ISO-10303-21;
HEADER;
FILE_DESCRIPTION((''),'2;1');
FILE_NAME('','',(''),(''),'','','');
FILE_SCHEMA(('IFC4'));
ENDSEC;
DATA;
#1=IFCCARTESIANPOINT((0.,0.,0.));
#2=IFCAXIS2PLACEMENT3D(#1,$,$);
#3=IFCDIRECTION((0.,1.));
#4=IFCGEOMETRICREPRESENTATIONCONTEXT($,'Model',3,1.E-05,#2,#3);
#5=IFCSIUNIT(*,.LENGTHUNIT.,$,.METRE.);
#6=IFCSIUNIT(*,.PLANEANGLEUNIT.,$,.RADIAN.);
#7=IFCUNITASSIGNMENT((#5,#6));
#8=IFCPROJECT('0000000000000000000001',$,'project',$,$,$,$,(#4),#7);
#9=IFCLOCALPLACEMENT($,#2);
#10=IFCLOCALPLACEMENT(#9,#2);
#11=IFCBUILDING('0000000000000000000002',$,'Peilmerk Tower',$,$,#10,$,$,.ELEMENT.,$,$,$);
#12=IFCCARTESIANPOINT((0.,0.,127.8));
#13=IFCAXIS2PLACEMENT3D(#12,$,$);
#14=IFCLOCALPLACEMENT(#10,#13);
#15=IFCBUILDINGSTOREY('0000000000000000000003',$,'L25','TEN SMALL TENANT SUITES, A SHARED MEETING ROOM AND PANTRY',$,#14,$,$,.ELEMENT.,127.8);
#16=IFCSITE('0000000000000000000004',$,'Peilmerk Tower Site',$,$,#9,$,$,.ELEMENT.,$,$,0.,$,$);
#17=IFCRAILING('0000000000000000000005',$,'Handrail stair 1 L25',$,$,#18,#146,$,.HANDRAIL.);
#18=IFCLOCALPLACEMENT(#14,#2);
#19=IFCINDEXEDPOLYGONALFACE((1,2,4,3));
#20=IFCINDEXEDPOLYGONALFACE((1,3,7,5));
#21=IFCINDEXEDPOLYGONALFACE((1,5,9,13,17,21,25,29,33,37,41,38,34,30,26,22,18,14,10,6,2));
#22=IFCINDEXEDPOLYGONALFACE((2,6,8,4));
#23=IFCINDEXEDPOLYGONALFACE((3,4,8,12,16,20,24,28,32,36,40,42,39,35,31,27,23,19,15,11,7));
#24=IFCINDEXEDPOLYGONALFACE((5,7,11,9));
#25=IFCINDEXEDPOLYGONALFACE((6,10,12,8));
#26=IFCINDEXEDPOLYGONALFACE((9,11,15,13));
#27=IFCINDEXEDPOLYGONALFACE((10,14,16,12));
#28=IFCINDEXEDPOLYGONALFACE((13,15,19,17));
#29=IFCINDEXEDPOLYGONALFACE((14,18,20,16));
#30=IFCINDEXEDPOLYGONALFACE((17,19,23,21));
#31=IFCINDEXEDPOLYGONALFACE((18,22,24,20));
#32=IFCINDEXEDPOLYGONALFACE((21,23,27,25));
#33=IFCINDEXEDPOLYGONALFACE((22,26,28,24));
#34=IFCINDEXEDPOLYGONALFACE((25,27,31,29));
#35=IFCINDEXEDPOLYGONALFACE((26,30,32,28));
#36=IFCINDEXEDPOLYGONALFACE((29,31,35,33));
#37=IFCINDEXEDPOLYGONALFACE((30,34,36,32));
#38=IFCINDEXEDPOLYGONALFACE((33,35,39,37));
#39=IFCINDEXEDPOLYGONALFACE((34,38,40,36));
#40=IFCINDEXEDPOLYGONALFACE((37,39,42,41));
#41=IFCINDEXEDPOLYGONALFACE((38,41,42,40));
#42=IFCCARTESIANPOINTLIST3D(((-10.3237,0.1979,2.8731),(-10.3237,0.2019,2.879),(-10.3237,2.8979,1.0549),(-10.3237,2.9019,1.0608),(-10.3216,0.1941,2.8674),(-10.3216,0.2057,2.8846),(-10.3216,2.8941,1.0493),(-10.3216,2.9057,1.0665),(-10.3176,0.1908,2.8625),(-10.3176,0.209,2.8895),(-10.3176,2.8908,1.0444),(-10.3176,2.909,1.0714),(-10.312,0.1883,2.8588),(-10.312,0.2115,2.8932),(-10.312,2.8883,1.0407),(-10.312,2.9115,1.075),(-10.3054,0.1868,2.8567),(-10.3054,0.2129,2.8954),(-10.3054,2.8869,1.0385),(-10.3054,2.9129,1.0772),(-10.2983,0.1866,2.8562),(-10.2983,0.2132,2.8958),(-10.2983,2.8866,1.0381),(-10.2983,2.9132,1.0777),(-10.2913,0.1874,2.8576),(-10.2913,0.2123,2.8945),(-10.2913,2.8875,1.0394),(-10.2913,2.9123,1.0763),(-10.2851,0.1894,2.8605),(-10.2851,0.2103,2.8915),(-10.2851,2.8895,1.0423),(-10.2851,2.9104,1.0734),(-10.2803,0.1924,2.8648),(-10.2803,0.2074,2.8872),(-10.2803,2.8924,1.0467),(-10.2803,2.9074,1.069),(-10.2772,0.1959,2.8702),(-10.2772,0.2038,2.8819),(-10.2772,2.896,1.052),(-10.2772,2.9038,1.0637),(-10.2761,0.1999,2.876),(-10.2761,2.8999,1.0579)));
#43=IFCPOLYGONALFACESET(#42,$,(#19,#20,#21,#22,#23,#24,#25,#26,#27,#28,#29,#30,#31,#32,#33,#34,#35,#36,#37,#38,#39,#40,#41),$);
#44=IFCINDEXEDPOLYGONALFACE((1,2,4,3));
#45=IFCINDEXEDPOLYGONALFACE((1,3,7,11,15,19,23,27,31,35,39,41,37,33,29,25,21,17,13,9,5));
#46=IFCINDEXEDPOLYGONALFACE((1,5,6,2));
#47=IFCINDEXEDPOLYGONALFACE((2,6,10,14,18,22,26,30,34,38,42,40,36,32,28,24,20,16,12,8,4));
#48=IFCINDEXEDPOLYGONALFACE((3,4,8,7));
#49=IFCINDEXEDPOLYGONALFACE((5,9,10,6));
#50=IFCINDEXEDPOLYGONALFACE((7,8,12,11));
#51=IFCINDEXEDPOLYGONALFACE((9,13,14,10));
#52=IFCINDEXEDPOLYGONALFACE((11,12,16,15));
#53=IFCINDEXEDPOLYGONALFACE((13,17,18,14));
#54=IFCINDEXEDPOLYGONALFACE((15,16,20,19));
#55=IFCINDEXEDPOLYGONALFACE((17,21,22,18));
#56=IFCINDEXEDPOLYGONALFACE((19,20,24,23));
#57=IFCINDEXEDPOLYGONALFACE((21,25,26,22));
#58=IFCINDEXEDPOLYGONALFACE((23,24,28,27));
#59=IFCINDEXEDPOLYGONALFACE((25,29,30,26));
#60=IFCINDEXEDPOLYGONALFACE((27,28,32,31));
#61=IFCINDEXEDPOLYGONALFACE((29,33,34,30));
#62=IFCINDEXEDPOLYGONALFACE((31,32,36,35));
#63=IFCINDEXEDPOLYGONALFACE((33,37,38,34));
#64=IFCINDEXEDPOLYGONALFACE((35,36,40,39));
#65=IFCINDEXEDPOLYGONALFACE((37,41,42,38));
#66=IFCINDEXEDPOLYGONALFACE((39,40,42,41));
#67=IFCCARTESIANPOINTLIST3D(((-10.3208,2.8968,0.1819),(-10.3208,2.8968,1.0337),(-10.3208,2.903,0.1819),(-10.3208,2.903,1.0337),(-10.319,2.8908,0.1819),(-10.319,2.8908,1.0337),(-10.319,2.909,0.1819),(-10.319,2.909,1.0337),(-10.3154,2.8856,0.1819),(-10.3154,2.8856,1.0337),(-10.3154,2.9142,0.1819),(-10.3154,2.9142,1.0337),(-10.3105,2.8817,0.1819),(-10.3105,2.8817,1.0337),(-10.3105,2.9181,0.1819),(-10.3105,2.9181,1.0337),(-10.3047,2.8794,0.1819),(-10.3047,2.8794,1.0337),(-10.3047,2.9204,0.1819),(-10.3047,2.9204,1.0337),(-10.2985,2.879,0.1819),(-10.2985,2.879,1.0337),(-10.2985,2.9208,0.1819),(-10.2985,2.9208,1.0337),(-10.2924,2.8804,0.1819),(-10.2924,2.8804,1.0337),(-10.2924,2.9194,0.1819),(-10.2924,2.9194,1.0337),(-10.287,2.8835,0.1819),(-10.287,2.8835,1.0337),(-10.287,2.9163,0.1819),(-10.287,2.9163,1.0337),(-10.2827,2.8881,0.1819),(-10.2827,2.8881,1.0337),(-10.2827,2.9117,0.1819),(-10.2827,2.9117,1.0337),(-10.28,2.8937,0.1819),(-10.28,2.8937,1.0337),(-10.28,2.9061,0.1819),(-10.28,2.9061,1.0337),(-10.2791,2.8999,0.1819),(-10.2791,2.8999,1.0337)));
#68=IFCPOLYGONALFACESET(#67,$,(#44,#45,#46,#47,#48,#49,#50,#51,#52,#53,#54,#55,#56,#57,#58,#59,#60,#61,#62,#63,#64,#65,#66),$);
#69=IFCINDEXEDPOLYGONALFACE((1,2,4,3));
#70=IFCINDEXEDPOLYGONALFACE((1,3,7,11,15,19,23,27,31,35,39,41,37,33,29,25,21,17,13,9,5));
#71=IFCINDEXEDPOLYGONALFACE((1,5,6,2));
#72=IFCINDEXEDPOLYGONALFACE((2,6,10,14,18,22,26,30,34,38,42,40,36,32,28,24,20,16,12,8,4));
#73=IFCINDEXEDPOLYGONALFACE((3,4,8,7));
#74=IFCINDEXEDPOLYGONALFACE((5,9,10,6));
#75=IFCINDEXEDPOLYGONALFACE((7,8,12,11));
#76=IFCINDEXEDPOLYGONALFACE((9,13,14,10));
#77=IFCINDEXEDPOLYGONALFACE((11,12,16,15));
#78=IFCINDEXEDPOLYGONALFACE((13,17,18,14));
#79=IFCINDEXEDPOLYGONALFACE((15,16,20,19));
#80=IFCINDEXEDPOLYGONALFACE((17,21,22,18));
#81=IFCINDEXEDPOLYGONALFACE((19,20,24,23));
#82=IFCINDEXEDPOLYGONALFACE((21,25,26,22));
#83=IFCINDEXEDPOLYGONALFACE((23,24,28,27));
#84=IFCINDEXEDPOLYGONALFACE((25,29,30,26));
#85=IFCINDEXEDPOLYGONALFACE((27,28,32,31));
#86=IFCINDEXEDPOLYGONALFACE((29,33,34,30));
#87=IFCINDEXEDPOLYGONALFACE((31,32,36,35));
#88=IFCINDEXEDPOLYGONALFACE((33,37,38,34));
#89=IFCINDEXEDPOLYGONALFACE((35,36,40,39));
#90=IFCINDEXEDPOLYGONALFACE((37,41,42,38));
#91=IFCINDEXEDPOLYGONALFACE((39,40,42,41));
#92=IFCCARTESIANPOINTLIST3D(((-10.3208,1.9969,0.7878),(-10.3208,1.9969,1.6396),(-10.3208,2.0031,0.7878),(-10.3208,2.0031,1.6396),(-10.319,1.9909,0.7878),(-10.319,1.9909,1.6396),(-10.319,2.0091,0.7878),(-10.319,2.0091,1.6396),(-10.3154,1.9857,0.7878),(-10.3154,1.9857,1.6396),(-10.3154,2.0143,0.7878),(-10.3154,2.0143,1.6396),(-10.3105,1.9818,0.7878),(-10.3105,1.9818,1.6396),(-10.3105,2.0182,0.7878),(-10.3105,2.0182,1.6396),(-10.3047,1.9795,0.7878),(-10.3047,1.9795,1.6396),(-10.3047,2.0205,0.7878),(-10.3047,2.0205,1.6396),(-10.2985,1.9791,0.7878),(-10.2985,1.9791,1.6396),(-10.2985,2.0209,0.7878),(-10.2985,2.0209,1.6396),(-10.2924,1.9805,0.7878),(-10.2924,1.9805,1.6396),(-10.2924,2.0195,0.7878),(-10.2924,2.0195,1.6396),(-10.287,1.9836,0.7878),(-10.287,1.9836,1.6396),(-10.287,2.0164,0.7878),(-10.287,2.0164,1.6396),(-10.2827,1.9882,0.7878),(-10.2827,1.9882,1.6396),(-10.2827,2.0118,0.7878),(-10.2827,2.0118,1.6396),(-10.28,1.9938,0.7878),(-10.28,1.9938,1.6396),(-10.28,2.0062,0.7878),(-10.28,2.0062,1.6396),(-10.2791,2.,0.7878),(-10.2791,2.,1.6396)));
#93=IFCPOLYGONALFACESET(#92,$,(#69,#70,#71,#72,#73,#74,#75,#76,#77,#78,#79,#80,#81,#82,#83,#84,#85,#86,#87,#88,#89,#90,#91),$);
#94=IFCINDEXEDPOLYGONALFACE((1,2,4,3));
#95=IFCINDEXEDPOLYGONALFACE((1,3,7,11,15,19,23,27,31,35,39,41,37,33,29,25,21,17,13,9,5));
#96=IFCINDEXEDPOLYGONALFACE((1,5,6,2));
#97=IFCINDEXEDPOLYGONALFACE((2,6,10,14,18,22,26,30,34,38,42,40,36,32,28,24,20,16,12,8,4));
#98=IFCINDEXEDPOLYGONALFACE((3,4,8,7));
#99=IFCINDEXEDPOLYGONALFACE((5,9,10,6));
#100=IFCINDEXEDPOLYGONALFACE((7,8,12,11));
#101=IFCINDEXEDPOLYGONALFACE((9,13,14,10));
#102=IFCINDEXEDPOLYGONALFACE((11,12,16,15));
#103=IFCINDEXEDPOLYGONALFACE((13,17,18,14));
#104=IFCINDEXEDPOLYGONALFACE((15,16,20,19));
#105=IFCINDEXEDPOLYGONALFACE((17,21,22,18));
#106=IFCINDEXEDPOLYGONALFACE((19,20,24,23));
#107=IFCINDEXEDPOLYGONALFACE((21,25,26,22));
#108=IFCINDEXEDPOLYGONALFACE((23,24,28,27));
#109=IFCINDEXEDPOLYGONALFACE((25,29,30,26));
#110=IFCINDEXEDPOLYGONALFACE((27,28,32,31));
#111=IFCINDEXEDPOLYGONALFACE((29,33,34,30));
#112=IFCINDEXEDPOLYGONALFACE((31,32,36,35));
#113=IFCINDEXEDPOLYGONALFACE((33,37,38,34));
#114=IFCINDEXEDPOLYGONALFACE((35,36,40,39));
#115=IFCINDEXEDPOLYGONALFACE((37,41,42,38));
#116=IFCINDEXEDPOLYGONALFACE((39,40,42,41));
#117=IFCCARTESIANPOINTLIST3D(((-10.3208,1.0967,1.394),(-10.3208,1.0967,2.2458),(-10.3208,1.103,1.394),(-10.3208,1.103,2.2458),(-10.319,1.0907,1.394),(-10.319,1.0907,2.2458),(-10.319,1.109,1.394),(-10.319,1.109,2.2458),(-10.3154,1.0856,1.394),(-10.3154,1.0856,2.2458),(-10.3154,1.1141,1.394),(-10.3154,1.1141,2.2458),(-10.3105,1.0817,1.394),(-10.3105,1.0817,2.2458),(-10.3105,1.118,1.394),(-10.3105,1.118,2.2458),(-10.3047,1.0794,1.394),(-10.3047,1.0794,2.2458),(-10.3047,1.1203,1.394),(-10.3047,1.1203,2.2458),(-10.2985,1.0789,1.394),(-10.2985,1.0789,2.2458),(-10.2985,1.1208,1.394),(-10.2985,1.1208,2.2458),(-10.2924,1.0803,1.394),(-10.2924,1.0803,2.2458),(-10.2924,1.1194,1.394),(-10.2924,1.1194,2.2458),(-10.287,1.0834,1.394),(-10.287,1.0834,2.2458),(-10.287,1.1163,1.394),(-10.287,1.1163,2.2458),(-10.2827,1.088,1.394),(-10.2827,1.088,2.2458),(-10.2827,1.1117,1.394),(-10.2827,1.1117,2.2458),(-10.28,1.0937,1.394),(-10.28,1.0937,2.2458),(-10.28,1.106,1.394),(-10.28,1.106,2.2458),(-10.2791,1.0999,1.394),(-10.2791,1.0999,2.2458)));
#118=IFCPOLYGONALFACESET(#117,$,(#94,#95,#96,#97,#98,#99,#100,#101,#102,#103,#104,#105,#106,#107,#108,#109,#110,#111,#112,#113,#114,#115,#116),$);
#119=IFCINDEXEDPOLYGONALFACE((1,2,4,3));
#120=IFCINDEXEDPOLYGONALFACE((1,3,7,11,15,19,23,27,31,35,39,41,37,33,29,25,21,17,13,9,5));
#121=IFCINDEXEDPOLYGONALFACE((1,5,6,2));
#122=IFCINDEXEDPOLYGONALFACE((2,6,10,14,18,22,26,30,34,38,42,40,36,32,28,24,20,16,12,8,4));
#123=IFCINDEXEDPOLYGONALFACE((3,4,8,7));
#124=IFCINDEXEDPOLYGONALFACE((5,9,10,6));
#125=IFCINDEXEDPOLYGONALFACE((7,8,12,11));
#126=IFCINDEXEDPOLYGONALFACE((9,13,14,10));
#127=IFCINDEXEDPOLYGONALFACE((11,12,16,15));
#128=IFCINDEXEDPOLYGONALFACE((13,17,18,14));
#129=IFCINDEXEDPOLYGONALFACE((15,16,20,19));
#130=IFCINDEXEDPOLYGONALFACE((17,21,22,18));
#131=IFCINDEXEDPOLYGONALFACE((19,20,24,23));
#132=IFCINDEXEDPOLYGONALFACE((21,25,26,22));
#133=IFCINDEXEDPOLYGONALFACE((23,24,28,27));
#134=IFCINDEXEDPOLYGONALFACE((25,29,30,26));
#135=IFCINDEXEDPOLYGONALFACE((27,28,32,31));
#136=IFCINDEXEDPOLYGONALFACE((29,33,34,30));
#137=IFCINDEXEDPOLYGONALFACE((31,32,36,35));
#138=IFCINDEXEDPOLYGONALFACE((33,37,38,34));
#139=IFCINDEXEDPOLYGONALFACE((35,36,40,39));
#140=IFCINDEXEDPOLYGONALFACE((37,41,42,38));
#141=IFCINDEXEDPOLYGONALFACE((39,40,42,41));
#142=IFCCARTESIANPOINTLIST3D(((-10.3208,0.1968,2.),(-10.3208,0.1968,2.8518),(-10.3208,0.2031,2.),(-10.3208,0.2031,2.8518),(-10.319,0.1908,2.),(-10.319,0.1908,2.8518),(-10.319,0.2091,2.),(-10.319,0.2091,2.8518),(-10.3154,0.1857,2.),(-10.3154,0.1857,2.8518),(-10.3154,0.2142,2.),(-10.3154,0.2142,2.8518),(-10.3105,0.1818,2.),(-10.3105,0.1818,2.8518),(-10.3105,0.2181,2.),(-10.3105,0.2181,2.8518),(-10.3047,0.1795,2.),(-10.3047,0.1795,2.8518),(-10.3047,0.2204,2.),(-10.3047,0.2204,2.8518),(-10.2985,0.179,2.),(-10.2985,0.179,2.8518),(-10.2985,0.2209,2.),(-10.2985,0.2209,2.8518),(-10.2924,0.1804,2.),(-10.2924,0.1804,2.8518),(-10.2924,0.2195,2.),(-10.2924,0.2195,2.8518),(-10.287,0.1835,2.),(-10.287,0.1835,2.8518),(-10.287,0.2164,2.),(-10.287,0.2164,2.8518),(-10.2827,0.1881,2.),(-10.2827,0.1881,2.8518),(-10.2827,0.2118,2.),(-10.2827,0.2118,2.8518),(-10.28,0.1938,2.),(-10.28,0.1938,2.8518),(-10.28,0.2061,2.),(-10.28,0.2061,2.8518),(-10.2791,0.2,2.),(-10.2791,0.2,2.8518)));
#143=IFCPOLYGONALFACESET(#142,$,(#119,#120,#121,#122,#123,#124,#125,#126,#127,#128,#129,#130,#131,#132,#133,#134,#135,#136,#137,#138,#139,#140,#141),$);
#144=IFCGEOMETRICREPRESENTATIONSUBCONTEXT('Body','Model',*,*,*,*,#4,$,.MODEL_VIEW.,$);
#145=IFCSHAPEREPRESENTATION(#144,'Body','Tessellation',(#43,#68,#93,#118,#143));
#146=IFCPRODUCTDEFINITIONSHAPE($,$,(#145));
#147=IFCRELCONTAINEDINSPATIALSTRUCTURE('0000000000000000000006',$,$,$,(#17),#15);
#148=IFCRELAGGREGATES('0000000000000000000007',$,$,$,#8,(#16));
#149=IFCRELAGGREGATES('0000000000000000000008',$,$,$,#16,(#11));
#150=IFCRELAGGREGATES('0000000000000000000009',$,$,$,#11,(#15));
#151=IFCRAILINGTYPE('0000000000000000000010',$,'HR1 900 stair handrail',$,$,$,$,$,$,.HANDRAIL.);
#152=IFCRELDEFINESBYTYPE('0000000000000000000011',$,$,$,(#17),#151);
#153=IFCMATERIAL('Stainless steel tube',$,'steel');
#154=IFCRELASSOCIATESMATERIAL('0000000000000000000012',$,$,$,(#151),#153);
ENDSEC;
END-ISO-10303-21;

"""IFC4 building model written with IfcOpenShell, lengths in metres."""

from ifc_helpers import new_model, si_unit, direction, frame, origin, origin_2d, place, context, subcontext, project, spatial, circle, extrude, material, type_object, element, save


model = new_model("IFC4")

# Units and contexts
model_context = context("Model", 3, precision=1e-05, world=origin(), true_north=direction((0.0, 1.0)))
body_context = subcontext(model_context, "Body", "Model", "MODEL_VIEW")
ifc_project = project(units=[si_unit("LENGTHUNIT", "METRE"), si_unit("PLANEANGLEUNIT", "RADIAN")], contexts=[model_context])

# Site, building, storey
site_placement = place(None, origin())
site = spatial("IfcSite", under=ifc_project, at=site_placement, Name="Peilmerk Tower Site", CompositionType="ELEMENT", RefElevation=0.0)
building_placement = place(site_placement, origin())
building = spatial("IfcBuilding", under=site, at=building_placement, Name="Peilmerk Tower", CompositionType="ELEMENT")
storey_placement = place(building_placement, frame((0.0, 0.0, 127.8)))
storey = spatial("IfcBuildingStorey", under=building, at=storey_placement, Name="L25", Description="TEN SMALL TENANT SUITES, A SHARED MEETING ROOM AND PANTRY", CompositionType="ELEMENT", Elevation=127.8)

# Railing
ifc_material_1 = material(Name="Stainless steel tube", Category="steel")
railing_type_1 = type_object("IfcRailingType", Name="HR1 900 stair handrail", PredefinedType="HANDRAIL", material=ifc_material_1)
railing_1_placement = place(storey_placement, frame((-10.3, 2.8999, 0.1819)))
element("IfcRailing", 1, at=railing_1_placement, inside=storey, type_object=railing_type_1, Name="Handrail stair 1 L25", PredefinedType="HANDRAIL", context=body_context, shape_type="SweptSolid", body=[
    extrude(circle(Radius=0.0239, at=origin_2d()), frame((0.0, 0.0, 0.876), z_axis=(0.0, -0.829468, 0.558554), x_axis=(1.0, 0.0, 0.0)), (0.0, 0.0, 1.0), 3.2551),
    extrude(circle(Radius=0.021, at=origin_2d()), origin(), (0.0, 0.0, 1.0), 0.8518),
    extrude(circle(Radius=0.021, at=origin_2d()), frame((0.0, -0.8999, 0.606)), (0.0, 0.0, 1.0), 0.8518),
    extrude(circle(Radius=0.021, at=origin_2d()), frame((0.0, -1.8, 1.2122)), (0.0, 0.0, 1.0), 0.8518),
    extrude(circle(Radius=0.021, at=origin_2d()), frame((0.0, -2.7, 1.8181)), (0.0, 0.0, 1.0), 0.8518),
])

save(model, "model.ifc")
